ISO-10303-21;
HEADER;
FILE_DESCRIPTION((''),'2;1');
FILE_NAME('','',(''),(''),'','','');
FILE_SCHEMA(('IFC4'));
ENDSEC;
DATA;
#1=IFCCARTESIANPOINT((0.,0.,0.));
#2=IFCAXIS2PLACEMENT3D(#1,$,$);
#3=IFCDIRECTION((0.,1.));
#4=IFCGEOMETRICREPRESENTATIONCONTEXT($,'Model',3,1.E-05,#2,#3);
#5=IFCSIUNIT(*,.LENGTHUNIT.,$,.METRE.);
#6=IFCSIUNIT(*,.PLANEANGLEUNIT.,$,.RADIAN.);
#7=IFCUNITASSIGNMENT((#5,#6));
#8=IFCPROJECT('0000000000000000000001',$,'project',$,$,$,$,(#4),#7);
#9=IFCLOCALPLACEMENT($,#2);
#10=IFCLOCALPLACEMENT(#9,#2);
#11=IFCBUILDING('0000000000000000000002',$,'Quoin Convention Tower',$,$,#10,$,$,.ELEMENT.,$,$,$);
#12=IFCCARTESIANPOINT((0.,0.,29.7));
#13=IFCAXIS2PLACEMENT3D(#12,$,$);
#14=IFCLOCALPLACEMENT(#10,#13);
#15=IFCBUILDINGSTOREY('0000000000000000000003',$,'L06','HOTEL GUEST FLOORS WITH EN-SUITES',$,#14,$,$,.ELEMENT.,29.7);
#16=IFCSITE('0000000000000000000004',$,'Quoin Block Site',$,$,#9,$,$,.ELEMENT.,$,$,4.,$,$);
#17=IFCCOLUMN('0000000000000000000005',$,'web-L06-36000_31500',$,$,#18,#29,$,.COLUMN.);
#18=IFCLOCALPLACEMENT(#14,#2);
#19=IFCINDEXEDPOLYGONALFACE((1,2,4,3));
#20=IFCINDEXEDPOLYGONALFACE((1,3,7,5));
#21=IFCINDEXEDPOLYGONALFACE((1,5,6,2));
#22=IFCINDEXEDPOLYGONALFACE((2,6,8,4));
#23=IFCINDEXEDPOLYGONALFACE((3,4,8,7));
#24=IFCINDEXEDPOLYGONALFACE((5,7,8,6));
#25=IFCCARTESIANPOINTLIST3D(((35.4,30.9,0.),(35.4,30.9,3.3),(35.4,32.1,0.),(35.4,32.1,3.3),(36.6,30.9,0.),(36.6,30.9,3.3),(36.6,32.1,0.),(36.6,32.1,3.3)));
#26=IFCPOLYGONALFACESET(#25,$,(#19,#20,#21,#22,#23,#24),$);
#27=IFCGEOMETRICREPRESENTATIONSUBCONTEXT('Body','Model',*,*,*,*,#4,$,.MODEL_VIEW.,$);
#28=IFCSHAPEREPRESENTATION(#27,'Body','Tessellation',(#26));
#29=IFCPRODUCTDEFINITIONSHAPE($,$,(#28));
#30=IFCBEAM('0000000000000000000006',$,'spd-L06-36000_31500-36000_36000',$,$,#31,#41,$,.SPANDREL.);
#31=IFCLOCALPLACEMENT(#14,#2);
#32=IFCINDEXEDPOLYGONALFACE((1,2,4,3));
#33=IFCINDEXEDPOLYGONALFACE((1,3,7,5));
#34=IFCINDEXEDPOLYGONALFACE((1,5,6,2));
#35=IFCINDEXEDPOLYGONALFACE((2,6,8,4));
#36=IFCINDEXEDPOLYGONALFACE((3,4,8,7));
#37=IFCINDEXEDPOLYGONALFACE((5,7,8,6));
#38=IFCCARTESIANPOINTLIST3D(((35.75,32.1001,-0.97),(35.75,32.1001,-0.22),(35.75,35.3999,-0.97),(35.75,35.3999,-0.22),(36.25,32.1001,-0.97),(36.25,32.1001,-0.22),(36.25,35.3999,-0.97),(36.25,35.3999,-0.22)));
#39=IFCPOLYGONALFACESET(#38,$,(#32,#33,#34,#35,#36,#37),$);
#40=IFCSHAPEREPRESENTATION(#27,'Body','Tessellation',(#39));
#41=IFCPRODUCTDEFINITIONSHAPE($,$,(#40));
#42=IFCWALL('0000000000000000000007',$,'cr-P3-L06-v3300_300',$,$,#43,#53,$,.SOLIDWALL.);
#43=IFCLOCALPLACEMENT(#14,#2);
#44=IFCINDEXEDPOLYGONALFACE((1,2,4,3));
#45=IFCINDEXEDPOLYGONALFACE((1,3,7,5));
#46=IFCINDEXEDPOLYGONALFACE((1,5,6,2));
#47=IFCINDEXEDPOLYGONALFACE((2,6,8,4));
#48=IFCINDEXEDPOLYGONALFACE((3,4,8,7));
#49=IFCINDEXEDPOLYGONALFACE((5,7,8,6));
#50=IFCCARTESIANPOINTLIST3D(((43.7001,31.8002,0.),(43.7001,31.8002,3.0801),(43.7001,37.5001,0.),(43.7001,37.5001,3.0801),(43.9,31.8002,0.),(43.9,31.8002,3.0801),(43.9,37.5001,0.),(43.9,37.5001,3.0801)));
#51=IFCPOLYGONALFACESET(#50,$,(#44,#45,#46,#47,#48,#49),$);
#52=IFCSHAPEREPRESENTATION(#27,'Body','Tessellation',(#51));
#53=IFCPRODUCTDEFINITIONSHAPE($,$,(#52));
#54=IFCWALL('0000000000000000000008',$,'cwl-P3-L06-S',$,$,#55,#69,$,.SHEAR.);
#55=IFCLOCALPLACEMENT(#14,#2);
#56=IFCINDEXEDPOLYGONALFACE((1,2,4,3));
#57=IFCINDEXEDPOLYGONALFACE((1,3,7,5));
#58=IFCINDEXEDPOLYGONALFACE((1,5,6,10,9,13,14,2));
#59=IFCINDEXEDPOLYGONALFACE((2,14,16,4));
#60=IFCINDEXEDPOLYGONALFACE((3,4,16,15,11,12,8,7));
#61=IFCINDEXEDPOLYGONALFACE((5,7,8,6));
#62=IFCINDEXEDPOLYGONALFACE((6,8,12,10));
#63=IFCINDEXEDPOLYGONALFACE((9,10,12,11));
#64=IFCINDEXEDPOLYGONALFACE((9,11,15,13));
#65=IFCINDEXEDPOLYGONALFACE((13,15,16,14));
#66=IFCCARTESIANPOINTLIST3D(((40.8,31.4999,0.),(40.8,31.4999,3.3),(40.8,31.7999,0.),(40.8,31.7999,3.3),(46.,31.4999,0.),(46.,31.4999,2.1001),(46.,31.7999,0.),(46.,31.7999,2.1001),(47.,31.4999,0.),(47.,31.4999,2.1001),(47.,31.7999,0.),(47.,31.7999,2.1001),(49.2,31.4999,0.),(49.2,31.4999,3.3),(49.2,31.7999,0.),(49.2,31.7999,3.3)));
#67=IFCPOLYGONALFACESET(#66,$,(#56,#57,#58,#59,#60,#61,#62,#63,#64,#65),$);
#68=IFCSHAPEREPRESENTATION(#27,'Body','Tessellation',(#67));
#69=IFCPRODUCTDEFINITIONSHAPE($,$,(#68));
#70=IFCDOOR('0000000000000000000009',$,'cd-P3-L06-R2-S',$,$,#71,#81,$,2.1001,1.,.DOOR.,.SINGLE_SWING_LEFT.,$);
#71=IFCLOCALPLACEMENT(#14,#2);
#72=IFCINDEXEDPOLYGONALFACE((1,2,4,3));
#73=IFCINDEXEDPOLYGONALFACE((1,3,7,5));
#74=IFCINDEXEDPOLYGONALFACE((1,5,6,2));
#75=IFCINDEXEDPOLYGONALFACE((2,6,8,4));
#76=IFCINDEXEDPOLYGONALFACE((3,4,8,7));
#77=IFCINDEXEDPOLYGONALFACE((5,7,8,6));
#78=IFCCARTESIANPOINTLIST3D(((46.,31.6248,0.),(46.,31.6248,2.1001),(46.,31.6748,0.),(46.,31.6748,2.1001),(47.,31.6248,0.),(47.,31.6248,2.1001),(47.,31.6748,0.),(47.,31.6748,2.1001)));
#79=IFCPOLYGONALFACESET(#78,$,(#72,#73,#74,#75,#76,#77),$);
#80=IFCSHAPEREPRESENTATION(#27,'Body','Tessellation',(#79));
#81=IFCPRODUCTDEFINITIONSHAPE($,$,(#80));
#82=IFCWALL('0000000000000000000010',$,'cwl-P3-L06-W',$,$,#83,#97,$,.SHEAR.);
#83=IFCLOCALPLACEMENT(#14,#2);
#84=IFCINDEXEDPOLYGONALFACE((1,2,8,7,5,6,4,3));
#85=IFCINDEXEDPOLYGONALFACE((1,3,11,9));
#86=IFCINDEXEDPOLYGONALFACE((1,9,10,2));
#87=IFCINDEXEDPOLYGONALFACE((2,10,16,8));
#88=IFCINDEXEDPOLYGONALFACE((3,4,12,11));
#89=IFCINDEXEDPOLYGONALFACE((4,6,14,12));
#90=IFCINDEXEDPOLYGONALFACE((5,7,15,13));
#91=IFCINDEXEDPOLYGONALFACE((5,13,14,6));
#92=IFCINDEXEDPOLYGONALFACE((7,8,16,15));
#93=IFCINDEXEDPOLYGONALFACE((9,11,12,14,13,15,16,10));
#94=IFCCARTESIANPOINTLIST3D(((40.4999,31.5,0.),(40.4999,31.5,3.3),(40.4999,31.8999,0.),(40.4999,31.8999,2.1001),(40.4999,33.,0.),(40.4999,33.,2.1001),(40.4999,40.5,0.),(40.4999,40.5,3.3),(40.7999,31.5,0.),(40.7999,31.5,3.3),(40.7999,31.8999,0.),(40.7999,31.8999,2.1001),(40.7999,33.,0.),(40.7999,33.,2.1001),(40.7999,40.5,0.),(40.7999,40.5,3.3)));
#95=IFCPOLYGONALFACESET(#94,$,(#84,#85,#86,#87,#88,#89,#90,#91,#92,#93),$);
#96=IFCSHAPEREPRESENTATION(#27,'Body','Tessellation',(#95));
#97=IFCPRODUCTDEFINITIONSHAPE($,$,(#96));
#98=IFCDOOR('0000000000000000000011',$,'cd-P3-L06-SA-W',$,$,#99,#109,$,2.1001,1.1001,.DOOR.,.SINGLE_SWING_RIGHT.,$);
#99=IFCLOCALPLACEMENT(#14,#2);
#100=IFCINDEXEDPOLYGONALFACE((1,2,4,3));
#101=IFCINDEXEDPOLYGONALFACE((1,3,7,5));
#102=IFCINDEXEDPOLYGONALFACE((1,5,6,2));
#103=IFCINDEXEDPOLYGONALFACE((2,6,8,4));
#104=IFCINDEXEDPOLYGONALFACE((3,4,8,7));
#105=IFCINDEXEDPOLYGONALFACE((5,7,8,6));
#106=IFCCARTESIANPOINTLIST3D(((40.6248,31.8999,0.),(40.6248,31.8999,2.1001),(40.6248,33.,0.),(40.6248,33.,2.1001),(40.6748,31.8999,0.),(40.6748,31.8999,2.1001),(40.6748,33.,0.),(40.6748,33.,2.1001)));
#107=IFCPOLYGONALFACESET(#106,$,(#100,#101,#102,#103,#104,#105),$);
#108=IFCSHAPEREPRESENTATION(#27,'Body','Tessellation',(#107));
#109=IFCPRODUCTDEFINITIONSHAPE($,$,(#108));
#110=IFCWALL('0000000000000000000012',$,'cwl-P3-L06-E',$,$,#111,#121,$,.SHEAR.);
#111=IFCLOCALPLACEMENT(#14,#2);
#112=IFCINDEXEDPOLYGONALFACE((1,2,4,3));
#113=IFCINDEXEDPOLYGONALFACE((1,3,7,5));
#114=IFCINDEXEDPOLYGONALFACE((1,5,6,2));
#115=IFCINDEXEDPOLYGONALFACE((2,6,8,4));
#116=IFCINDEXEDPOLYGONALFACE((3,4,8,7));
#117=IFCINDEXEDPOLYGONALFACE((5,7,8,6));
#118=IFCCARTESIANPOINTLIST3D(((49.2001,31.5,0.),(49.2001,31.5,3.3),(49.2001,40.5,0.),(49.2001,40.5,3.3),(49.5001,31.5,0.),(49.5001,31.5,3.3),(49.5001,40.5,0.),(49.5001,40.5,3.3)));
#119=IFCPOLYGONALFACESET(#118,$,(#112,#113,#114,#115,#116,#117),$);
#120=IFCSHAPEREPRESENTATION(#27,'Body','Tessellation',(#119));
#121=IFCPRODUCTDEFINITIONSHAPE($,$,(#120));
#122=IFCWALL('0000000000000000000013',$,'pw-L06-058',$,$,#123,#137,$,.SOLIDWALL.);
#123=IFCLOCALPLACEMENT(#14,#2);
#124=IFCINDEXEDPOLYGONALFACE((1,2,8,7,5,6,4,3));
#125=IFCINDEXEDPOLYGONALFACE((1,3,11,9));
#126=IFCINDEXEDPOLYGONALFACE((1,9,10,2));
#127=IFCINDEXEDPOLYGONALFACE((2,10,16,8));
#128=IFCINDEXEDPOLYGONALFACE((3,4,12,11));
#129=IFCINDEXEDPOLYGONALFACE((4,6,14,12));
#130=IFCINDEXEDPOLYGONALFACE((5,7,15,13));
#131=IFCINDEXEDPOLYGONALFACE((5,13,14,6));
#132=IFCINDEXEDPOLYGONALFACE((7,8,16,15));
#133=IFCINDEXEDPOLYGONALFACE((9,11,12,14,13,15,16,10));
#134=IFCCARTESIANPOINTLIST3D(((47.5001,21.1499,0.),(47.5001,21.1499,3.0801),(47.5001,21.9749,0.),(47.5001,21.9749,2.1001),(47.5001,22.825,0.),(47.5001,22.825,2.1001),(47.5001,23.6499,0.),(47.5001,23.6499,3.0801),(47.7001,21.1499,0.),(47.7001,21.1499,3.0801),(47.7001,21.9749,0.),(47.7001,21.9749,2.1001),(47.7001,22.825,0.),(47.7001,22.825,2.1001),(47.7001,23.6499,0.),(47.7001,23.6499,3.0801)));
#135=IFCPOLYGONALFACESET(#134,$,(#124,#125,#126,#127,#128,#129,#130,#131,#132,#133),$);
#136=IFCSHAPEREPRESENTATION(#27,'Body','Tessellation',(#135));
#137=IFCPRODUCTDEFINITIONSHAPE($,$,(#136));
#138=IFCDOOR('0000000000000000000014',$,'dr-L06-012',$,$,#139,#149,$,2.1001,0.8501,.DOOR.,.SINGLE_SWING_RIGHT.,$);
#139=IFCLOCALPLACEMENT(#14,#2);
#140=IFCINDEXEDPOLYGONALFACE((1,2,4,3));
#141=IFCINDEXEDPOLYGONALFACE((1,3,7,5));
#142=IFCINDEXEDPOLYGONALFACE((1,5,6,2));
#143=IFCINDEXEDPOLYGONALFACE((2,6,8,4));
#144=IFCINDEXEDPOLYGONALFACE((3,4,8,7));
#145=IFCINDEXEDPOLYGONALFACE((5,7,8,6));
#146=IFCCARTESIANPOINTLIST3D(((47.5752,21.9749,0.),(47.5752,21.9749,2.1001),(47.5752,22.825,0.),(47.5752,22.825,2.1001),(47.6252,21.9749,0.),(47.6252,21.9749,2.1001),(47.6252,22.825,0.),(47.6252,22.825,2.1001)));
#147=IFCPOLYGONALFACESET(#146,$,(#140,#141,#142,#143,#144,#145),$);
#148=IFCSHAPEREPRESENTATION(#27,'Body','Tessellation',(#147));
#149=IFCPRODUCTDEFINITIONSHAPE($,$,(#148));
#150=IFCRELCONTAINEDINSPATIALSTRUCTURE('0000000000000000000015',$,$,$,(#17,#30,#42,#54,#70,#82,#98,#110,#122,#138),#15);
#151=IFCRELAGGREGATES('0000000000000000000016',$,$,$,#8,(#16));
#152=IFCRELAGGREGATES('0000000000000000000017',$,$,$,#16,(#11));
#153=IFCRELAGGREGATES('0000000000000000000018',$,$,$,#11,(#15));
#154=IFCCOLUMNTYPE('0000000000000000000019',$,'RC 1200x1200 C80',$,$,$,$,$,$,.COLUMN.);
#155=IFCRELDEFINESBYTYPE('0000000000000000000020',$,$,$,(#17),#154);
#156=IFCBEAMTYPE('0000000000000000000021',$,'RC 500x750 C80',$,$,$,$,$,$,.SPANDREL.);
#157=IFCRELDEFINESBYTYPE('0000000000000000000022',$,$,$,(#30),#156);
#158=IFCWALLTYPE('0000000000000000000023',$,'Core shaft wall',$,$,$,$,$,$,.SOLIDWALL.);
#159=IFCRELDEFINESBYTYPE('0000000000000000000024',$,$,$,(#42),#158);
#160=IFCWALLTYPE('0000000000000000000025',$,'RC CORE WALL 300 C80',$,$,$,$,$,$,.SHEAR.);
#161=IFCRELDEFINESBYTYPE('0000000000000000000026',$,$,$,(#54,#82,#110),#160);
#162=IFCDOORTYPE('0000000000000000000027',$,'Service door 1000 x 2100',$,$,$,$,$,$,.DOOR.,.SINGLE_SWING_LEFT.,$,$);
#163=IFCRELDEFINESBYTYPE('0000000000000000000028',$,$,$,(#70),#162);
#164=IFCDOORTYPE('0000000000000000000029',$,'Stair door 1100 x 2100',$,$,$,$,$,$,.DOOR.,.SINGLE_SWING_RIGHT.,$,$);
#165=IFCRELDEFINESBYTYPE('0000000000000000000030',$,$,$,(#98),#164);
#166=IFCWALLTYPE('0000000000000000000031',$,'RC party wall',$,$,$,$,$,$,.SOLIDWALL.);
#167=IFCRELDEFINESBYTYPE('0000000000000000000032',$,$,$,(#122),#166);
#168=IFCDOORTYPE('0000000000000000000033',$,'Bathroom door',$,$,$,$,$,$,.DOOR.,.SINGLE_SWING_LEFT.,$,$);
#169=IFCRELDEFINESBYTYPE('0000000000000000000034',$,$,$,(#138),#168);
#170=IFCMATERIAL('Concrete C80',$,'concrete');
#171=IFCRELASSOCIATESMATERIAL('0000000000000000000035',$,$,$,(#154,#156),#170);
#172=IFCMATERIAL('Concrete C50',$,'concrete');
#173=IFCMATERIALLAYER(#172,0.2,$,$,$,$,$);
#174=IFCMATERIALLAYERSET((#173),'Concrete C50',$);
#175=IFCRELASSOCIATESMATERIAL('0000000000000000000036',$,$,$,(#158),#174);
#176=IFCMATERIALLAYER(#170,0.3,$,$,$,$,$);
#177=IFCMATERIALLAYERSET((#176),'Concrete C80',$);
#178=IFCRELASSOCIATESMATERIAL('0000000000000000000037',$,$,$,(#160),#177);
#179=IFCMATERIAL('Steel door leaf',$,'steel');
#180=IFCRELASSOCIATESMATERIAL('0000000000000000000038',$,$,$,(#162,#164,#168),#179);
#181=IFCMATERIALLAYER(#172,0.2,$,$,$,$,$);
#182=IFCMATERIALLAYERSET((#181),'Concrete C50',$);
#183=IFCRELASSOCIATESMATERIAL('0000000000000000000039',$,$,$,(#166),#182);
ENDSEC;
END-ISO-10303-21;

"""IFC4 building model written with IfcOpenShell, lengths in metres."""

from ifc_helpers import new_model, si_unit, direction, frame, frame_2d, origin, origin_2d, place, context, subcontext, project, spatial, rectangle, extrude, material, layer, layer_set, material_profile, profile_set, type_object, element, fill, save


model = new_model("IFC4")

# Units and contexts
model_context = context("Model", 3, precision=1e-05, world=origin(), true_north=direction((0.0, 1.0)))
body_context = subcontext(model_context, "Body", "Model", "MODEL_VIEW")
ifc_project = project(units=[si_unit("LENGTHUNIT", "METRE"), si_unit("PLANEANGLEUNIT", "RADIAN")], contexts=[model_context])

# Site, building, storey
site_placement = place(None, origin())
site = spatial("IfcSite", under=ifc_project, at=site_placement, Name="Quoin Block Site", CompositionType="ELEMENT", RefElevation=4.0)
building_placement = place(site_placement, origin())
building = spatial("IfcBuilding", under=site, at=building_placement, Name="Quoin Convention Tower", CompositionType="ELEMENT")
storey_placement = place(building_placement, frame((0.0, 0.0, 29.7)))
storey = spatial("IfcBuildingStorey", under=building, at=storey_placement, Name="L06", Description="HOTEL GUEST FLOORS WITH EN-SUITES", CompositionType="ELEMENT", Elevation=29.7)

# Column
ifc_material_1 = material(Name="Concrete C80", Category="concrete")
ifc_material_profile_1 = material_profile(ifc_material_1, rectangle(XDim=1.2, YDim=1.2, at=origin_2d()), Name="RC 1200x1200")
ifc_profile_set_1 = profile_set([ifc_material_profile_1], Name="Concrete C80")
column_type = type_object("IfcColumnType", Name="RC 1200x1200 C80", PredefinedType="COLUMN", material=ifc_profile_set_1)
column_placement = place(storey_placement, frame((36.0, 31.5, 0.0), z_axis=(0.0, 0.0, 1.0), x_axis=(1.0, 0.0, 0.0)))
element("IfcColumn", 1, at=column_placement, inside=storey, type_object=column_type, Name="web-L06-36000_31500", PredefinedType="COLUMN", context=body_context, shape_type="SweptSolid", body=[
    extrude(rectangle(XDim=1.2, YDim=1.2, at=origin_2d()), origin(), (0.0, 0.0, 1.0), 3.3),
])

# Beam
ifc_material_profile_2 = material_profile(ifc_material_1, rectangle(XDim=0.5, YDim=0.75, at=origin_2d()), Name="RC 500x750")
ifc_profile_set_2 = profile_set([ifc_material_profile_2], Name="Concrete C80")
beam_type = type_object("IfcBeamType", Name="RC 500x750 C80", PredefinedType="SPANDREL", material=ifc_profile_set_2)
beam_placement = place(storey_placement, frame((36.0, 32.1001, -0.595), z_axis=(0.0, 1.0, 0.0), x_axis=(-1.0, 0.0, 0.0)))
element("IfcBeam", 2, at=beam_placement, inside=storey, type_object=beam_type, Name="spd-L06-36000_31500-36000_36000", PredefinedType="SPANDREL", context=body_context, shape_type="SweptSolid", body=[
    extrude(rectangle(XDim=0.5, YDim=0.75, at=origin_2d()), origin(), (0.0, 0.0, 1.0), 3.2998),
])

# Wall
ifc_material_2 = material(Name="Concrete C50", Category="concrete")
ifc_layer_1 = layer(ifc_material_2, 0.2)
ifc_layer_set_1 = layer_set([ifc_layer_1], Name="Concrete C50")
wall_type_1 = type_object("IfcWallType", Name="Core shaft wall", PredefinedType="SOLIDWALL", material=ifc_layer_set_1)
wall_1_placement = place(storey_placement, frame((43.8, 31.8, 0.0), z_axis=(0.0, 0.0, 1.0), x_axis=(0.0, 1.0, 0.0)))
element("IfcWall", 3, at=wall_1_placement, inside=storey, type_object=wall_type_1, Name="cr-P3-L06-v3300_300", PredefinedType="SOLIDWALL", context=body_context, shape_type="SweptSolid", body=[
    extrude(rectangle(XDim=5.7, YDim=0.2, at=frame_2d((2.8501, 0.0))), origin(), (0.0, 0.0, 1.0), 3.0801),
])

# Walls, openings, doors
ifc_layer_2 = layer(ifc_material_1, 0.3)
ifc_layer_set_2 = layer_set([ifc_layer_2], Name="Concrete C80")
wall_type_2 = type_object("IfcWallType", Name="RC CORE WALL 300 C80", PredefinedType="SHEAR", material=ifc_layer_set_2)
wall_2_placement = place(storey_placement, frame((40.8, 31.6499, 0.0), z_axis=(0.0, 0.0, 1.0), x_axis=(1.0, 0.0, 0.0)))
wall_2 = element("IfcWall", 4, at=wall_2_placement, inside=storey, type_object=wall_type_2, Name="cwl-P3-L06-S", PredefinedType="SHEAR", context=body_context, shape_type="SweptSolid", body=[
    extrude(rectangle(XDim=8.3999, YDim=0.3, at=frame_2d((4.2, 0.0))), origin(), (0.0, 0.0, 1.0), 3.3),
])
opening_1_placement = place(wall_2_placement, frame((5.2, 0.0, 0.0)))
opening_1 = element("IfcOpeningElement", 5, at=opening_1_placement, cuts=wall_2, PredefinedType="OPENING", context=body_context, shape_type="SweptSolid", body=[
    extrude(rectangle(XDim=1.0, YDim=2.1001, at=frame_2d((0.5, 1.05))), frame((0.0, 0.1599, 0.0), z_axis=(0.0, -1.0, 0.0), x_axis=(1.0, 0.0, 0.0)), (0.0, 0.0, 1.0), 0.3201),
])
ifc_material_3 = material(Name="Steel door leaf", Category="steel")
door_type_1 = type_object("IfcDoorType", Name="Service door 1000 x 2100", OperationType="SINGLE_SWING_LEFT", PredefinedType="DOOR", material=ifc_material_3)
door_1_placement = place(opening_1_placement, origin())
door_1 = element("IfcDoor", 6, at=door_1_placement, inside=storey, type_object=door_type_1, Name="cd-P3-L06-R2-S", OperationType="SINGLE_SWING_LEFT", OverallHeight=2.1001, OverallWidth=1.0, PredefinedType="DOOR", context=body_context, shape_type="SweptSolid", body=[
    extrude(rectangle(XDim=1.0, YDim=2.1001, at=frame_2d((0.5, 1.05))), frame((0.0, 0.0249, 0.0), z_axis=(0.0, -1.0, 0.0), x_axis=(1.0, 0.0, 0.0)), (0.0, 0.0, 1.0), 0.05),
])
fill(opening_1, door_1)
wall_3_placement = place(storey_placement, frame((40.6499, 31.5, 0.0), z_axis=(0.0, 0.0, 1.0), x_axis=(0.0, 1.0, 0.0)))
wall_3 = element("IfcWall", 7, at=wall_3_placement, inside=storey, type_object=wall_type_2, Name="cwl-P3-L06-W", PredefinedType="SHEAR", context=body_context, shape_type="SweptSolid", body=[
    extrude(rectangle(XDim=9.0, YDim=0.3, at=frame_2d((4.5, 0.0))), origin(), (0.0, 0.0, 1.0), 3.3),
])
opening_2_placement = place(wall_3_placement, frame((0.3999, 0.0, 0.0)))
opening_2 = element("IfcOpeningElement", 8, at=opening_2_placement, cuts=wall_3, PredefinedType="OPENING", context=body_context, shape_type="SweptSolid", body=[
    extrude(rectangle(XDim=1.1001, YDim=2.1001, at=frame_2d((0.55, 1.05))), frame((0.0, 0.1599, 0.0), z_axis=(0.0, -1.0, 0.0), x_axis=(1.0, 0.0, 0.0)), (0.0, 0.0, 1.0), 0.3201),
])
door_type_2 = type_object("IfcDoorType", Name="Stair door 1100 x 2100", OperationType="SINGLE_SWING_RIGHT", PredefinedType="DOOR", material=ifc_material_3)
door_2_placement = place(opening_2_placement, frame((1.1001, 0.0, 0.0), z_axis=(0.0, 0.0, 1.0), x_axis=(-1.0, 0.0, 0.0)))
door_2 = element("IfcDoor", 9, at=door_2_placement, inside=storey, type_object=door_type_2, Name="cd-P3-L06-SA-W", OperationType="SINGLE_SWING_RIGHT", OverallHeight=2.1001, OverallWidth=1.1001, PredefinedType="DOOR", context=body_context, shape_type="SweptSolid", body=[
    extrude(rectangle(XDim=1.1001, YDim=2.1001, at=frame_2d((0.55, 1.05))), frame((0.0, 0.0249, 0.0), z_axis=(0.0, -1.0, 0.0), x_axis=(1.0, 0.0, 0.0)), (0.0, 0.0, 1.0), 0.05),
])
fill(opening_2, door_2)

# Wall
wall_4_placement = place(storey_placement, frame((49.3501, 31.5, 0.0), z_axis=(0.0, 0.0, 1.0), x_axis=(0.0, 1.0, 0.0)))
element("IfcWall", 10, at=wall_4_placement, inside=storey, type_object=wall_type_2, Name="cwl-P3-L06-E", PredefinedType="SHEAR", context=body_context, shape_type="SweptSolid", body=[
    extrude(rectangle(XDim=9.0, YDim=0.3, at=frame_2d((4.5, 0.0))), origin(), (0.0, 0.0, 1.0), 3.3),
])

# Wall, opening, door
ifc_layer_3 = layer(ifc_material_2, 0.2)
ifc_layer_set_3 = layer_set([ifc_layer_3], Name="Concrete C50")
wall_type_3 = type_object("IfcWallType", Name="RC party wall", PredefinedType="SOLIDWALL", material=ifc_layer_set_3)
wall_5_placement = place(storey_placement, frame((47.6001, 21.1499, 0.0), z_axis=(0.0, 0.0, 1.0), x_axis=(0.0, 1.0, 0.0)))
wall_5 = element("IfcWall", 11, at=wall_5_placement, inside=storey, type_object=wall_type_3, Name="pw-L06-058", PredefinedType="SOLIDWALL", context=body_context, shape_type="SweptSolid", body=[
    extrude(rectangle(XDim=2.5, YDim=0.2, at=frame_2d((1.25, 0.0))), origin(), (0.0, 0.0, 1.0), 3.0801),
])
opening_3_placement = place(wall_5_placement, frame((0.825, 0.0, 0.0)))
opening_3 = element("IfcOpeningElement", 12, at=opening_3_placement, cuts=wall_5, PredefinedType="OPENING", context=body_context, shape_type="SweptSolid", body=[
    extrude(rectangle(XDim=0.8501, YDim=2.1001, at=frame_2d((0.425, 1.05))), frame((0.0, 0.1099, 0.0), z_axis=(0.0, -1.0, 0.0), x_axis=(1.0, 0.0, 0.0)), (0.0, 0.0, 1.0), 0.22),
])
door_type_3 = type_object("IfcDoorType", Name="Bathroom door", OperationType="SINGLE_SWING_LEFT", PredefinedType="DOOR", material=ifc_material_3)
door_3_placement = place(opening_3_placement, origin())
door_3 = element("IfcDoor", 13, at=door_3_placement, inside=storey, type_object=door_type_3, Name="dr-L06-012", OperationType="SINGLE_SWING_RIGHT", OverallHeight=2.1001, OverallWidth=0.8501, PredefinedType="DOOR", context=body_context, shape_type="SweptSolid", body=[
    extrude(rectangle(XDim=0.8501, YDim=2.1001, at=frame_2d((0.425, 1.05))), frame((0.0, 0.0249, 0.0), z_axis=(0.0, -1.0, 0.0), x_axis=(1.0, 0.0, 0.0)), (0.0, 0.0, 1.0), 0.05),
])
fill(opening_3, door_3)

save(model, "model.ifc")
